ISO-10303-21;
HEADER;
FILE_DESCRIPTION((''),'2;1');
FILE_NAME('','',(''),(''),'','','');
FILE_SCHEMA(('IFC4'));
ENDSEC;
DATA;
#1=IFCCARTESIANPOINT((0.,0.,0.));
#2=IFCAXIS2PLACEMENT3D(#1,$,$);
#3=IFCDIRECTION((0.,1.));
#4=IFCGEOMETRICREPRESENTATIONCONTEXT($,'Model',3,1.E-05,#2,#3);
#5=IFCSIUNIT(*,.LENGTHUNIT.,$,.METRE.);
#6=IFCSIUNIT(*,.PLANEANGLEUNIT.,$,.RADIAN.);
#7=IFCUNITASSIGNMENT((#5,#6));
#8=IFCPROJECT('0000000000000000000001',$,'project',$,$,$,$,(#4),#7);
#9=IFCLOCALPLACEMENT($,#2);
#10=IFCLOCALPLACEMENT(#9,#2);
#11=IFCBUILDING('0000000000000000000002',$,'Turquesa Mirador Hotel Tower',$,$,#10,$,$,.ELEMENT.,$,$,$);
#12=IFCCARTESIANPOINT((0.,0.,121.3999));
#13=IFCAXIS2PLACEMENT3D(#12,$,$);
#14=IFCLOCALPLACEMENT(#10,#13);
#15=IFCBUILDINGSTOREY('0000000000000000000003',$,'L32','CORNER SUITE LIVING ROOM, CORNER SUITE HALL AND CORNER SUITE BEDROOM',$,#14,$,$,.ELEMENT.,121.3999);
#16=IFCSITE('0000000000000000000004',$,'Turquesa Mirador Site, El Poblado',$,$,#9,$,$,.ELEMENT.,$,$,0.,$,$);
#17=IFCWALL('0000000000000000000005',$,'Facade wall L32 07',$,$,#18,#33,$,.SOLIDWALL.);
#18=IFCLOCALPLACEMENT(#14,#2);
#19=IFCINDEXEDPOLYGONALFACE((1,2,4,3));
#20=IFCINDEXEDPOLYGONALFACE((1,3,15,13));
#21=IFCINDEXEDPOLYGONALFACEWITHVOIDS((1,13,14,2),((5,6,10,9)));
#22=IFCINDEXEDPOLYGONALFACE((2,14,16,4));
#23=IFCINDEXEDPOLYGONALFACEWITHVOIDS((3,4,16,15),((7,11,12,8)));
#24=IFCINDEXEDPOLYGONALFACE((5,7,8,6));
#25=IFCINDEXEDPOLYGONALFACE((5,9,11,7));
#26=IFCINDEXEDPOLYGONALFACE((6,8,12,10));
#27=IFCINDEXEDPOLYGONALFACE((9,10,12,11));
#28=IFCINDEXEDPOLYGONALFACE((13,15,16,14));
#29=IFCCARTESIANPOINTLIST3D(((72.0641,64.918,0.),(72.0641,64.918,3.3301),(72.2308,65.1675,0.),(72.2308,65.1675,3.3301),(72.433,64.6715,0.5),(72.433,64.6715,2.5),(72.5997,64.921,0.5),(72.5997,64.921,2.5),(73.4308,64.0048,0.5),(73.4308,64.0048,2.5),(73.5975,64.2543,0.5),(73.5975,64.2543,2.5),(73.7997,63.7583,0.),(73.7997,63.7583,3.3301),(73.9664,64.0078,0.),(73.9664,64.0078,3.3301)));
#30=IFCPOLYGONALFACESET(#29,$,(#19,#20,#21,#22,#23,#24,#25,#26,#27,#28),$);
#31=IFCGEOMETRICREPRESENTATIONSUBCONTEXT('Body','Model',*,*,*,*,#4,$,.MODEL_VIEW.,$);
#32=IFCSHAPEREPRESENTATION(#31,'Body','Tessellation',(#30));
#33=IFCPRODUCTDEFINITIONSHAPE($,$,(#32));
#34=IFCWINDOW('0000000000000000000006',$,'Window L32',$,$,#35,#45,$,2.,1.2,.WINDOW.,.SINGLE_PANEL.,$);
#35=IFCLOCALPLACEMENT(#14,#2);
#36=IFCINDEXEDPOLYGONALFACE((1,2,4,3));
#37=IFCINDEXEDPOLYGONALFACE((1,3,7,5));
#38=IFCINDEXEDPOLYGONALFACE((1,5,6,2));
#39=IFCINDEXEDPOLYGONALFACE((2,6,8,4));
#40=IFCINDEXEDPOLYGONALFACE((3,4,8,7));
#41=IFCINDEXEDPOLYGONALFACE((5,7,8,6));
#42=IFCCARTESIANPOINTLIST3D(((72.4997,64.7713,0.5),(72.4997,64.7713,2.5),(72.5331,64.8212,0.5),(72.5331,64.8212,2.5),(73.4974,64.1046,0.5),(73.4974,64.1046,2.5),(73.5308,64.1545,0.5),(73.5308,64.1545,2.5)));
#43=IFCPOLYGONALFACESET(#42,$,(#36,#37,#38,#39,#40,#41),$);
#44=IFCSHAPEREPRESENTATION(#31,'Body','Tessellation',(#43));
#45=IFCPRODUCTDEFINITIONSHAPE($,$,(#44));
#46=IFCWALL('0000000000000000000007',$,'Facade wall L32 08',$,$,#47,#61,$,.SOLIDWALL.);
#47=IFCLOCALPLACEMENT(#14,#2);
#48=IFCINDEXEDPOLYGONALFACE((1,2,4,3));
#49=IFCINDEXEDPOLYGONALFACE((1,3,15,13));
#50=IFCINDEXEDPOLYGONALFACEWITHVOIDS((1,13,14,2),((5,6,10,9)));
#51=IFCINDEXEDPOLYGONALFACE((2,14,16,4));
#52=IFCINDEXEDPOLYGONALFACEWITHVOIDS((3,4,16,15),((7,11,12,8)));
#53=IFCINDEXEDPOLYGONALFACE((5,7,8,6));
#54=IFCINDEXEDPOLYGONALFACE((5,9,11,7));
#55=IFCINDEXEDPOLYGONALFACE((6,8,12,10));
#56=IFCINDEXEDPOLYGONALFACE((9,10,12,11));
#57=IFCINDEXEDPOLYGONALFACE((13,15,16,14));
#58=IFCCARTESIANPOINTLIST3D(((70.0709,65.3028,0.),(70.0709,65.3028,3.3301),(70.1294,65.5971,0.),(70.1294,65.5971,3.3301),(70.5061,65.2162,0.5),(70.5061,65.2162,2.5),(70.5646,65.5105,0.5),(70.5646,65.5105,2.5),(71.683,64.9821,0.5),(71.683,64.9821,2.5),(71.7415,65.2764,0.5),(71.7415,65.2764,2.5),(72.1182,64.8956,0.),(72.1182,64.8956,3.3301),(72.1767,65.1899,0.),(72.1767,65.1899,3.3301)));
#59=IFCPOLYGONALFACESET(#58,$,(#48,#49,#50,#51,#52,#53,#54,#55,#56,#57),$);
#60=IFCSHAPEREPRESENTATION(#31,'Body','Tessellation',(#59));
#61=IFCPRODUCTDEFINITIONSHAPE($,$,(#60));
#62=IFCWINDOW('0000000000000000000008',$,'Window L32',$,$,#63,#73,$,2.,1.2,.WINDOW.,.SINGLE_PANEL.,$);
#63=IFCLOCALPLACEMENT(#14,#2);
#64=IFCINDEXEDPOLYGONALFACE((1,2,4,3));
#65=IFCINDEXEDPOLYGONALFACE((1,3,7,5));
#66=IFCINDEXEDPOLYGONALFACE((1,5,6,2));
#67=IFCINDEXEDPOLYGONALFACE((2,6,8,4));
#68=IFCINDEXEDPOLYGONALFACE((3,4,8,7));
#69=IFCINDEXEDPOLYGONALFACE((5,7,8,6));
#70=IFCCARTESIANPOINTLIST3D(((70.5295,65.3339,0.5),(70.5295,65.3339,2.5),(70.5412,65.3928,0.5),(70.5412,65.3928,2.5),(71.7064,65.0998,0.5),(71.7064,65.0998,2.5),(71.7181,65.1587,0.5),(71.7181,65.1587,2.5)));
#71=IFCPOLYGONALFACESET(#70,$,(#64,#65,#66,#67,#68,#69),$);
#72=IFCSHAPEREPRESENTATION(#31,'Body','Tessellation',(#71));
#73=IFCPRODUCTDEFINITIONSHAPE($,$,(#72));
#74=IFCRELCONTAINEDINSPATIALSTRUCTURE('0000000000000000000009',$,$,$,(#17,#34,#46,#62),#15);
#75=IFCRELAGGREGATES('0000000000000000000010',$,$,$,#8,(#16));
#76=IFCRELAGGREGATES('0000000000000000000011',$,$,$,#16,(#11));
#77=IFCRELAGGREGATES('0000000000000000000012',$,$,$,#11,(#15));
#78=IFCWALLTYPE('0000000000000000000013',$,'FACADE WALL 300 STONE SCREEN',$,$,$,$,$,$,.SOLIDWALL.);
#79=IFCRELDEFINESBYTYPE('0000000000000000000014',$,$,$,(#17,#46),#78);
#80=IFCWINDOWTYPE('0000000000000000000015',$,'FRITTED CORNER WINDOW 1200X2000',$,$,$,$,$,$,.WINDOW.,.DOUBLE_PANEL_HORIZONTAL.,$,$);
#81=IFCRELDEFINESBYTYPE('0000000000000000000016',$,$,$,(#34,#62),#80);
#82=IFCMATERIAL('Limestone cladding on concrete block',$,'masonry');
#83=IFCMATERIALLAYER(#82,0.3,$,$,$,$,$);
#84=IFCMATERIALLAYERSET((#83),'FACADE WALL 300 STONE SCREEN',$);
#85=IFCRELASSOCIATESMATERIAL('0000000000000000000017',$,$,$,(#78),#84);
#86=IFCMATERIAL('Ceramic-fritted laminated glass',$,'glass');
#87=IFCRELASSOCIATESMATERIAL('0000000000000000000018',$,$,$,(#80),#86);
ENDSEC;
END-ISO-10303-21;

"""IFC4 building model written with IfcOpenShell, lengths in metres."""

from ifc_helpers import new_model, si_unit, direction, frame, frame_2d, origin, place, context, subcontext, project, spatial, rectangle, extrude, material, layer, layer_set, type_object, element, fill, save


model = new_model("IFC4")

# Units and contexts
model_context = context("Model", 3, precision=1e-05, world=origin(), true_north=direction((0.0, 1.0)))
body_context = subcontext(model_context, "Body", "Model", "MODEL_VIEW")
ifc_project = project(units=[si_unit("LENGTHUNIT", "METRE"), si_unit("PLANEANGLEUNIT", "RADIAN")], contexts=[model_context])

# Site, building, storey
site_placement = place(None, origin())
site = spatial("IfcSite", under=ifc_project, at=site_placement, Name="Turquesa Mirador Site, El Poblado", CompositionType="ELEMENT", RefElevation=0.0)
building_placement = place(site_placement, origin())
building = spatial("IfcBuilding", under=site, at=building_placement, Name="Turquesa Mirador Hotel Tower", CompositionType="ELEMENT")
storey_placement = place(building_placement, frame((0.0, 0.0, 121.3999)))
storey = spatial("IfcBuildingStorey", under=building, at=storey_placement, Name="L32", Description="CORNER SUITE LIVING ROOM, CORNER SUITE HALL AND CORNER SUITE BEDROOM", CompositionType="ELEMENT", Elevation=121.3999)

# Walls, openings, windows
ifc_material_1 = material(Name="Limestone cladding on concrete block", Category="masonry")
ifc_layer = layer(ifc_material_1, 0.3)
ifc_layer_set = layer_set([ifc_layer], Name="FACADE WALL 300 STONE SCREEN")
wall_type = type_object("IfcWallType", Name="FACADE WALL 300 STONE SCREEN", PredefinedType="SOLIDWALL", material=ifc_layer_set)
ifc_material_2 = material(Name="Ceramic-fritted laminated glass", Category="glass")
window_type_1 = type_object("IfcWindowType", Name="FRITTED CORNER WINDOW 1200X2000", PartitioningType="DOUBLE_PANEL_HORIZONTAL", PredefinedType="WINDOW", material=ifc_material_2)
wall_1_placement = place(storey_placement, frame((73.8831, 63.8831, 0.0), z_axis=(0.0, 0.0, 1.0), x_axis=(-0.831474, 0.555564, 0.0)))
wall_1 = element("IfcWall", 1, at=wall_1_placement, inside=storey, type_object=wall_type, Name="Facade wall L32 07", PredefinedType="SOLIDWALL", context=body_context, shape_type="SweptSolid", body=[
    extrude(rectangle(XDim=2.0874, YDim=0.3, at=frame_2d((1.0437, 0.0))), origin(), (0.0, 0.0, 1.0), 3.3301),
])
opening_1_placement = place(wall_1_placement, frame((0.4436, 0.0, 0.5)))
opening_1 = element("IfcOpeningElement", 2, at=opening_1_placement, cuts=wall_1, PredefinedType="OPENING", context=body_context, shape_type="SweptSolid", body=[
    extrude(rectangle(XDim=1.2, YDim=2.0, at=frame_2d((0.6001, 1.0))), frame((0.0, 0.1599, 0.0), z_axis=(0.0, -1.0, 0.0), x_axis=(1.0, 0.0, 0.0)), (0.0, 0.0, 1.0), 0.3201),
])
window_1_placement = place(opening_1_placement, origin())
window_1 = element("IfcWindow", 3, at=window_1_placement, inside=storey, type_object=window_type_1, Name="Window L32", OverallHeight=2.0, OverallWidth=1.2, PartitioningType="SINGLE_PANEL", PredefinedType="WINDOW", context=body_context, shape_type="SweptSolid", body=[
    extrude(rectangle(XDim=1.2, YDim=2.0, at=frame_2d((0.6001, 1.0))), frame((0.0, 0.03, 0.0), z_axis=(0.0, -1.0, 0.0), x_axis=(1.0, 0.0, 0.0)), (0.0, 0.0, 1.0), 0.0601),
])
fill(opening_1, window_1)
wall_2_placement = place(storey_placement, frame((72.1475, 65.0427, 0.0), z_axis=(0.0, 0.0, 1.0), x_axis=(-0.980787, 0.195081, 0.0)))
wall_2 = element("IfcWall", 4, at=wall_2_placement, inside=storey, type_object=wall_type, Name="Facade wall L32 08", PredefinedType="SOLIDWALL", context=body_context, shape_type="SweptSolid", body=[
    extrude(rectangle(XDim=2.0874, YDim=0.3, at=frame_2d((1.0437, 0.0))), origin(), (0.0, 0.0, 1.0), 3.3301),
])
opening_2_placement = place(wall_2_placement, frame((0.4436, 0.0, 0.5)))
opening_2 = element("IfcOpeningElement", 5, at=opening_2_placement, cuts=wall_2, PredefinedType="OPENING", context=body_context, shape_type="SweptSolid", body=[
    extrude(rectangle(XDim=1.2, YDim=2.0, at=frame_2d((0.6001, 1.0))), frame((0.0, 0.1599, 0.0), z_axis=(0.0, -1.0, 0.0), x_axis=(1.0, 0.0, 0.0)), (0.0, 0.0, 1.0), 0.3201),
])
window_2_placement = place(opening_2_placement, origin())
window_2 = element("IfcWindow", 6, at=window_2_placement, inside=storey, type_object=window_type_1, Name="Window L32", OverallHeight=2.0, OverallWidth=1.2, PartitioningType="SINGLE_PANEL", PredefinedType="WINDOW", context=body_context, shape_type="SweptSolid", body=[
    extrude(rectangle(XDim=1.2, YDim=2.0, at=frame_2d((0.6001, 1.0))), frame((0.0, 0.03, 0.0), z_axis=(0.0, -1.0, 0.0), x_axis=(1.0, 0.0, 0.0)), (0.0, 0.0, 1.0), 0.0601),
])
fill(opening_2, window_2)

save(model, "model.ifc")
